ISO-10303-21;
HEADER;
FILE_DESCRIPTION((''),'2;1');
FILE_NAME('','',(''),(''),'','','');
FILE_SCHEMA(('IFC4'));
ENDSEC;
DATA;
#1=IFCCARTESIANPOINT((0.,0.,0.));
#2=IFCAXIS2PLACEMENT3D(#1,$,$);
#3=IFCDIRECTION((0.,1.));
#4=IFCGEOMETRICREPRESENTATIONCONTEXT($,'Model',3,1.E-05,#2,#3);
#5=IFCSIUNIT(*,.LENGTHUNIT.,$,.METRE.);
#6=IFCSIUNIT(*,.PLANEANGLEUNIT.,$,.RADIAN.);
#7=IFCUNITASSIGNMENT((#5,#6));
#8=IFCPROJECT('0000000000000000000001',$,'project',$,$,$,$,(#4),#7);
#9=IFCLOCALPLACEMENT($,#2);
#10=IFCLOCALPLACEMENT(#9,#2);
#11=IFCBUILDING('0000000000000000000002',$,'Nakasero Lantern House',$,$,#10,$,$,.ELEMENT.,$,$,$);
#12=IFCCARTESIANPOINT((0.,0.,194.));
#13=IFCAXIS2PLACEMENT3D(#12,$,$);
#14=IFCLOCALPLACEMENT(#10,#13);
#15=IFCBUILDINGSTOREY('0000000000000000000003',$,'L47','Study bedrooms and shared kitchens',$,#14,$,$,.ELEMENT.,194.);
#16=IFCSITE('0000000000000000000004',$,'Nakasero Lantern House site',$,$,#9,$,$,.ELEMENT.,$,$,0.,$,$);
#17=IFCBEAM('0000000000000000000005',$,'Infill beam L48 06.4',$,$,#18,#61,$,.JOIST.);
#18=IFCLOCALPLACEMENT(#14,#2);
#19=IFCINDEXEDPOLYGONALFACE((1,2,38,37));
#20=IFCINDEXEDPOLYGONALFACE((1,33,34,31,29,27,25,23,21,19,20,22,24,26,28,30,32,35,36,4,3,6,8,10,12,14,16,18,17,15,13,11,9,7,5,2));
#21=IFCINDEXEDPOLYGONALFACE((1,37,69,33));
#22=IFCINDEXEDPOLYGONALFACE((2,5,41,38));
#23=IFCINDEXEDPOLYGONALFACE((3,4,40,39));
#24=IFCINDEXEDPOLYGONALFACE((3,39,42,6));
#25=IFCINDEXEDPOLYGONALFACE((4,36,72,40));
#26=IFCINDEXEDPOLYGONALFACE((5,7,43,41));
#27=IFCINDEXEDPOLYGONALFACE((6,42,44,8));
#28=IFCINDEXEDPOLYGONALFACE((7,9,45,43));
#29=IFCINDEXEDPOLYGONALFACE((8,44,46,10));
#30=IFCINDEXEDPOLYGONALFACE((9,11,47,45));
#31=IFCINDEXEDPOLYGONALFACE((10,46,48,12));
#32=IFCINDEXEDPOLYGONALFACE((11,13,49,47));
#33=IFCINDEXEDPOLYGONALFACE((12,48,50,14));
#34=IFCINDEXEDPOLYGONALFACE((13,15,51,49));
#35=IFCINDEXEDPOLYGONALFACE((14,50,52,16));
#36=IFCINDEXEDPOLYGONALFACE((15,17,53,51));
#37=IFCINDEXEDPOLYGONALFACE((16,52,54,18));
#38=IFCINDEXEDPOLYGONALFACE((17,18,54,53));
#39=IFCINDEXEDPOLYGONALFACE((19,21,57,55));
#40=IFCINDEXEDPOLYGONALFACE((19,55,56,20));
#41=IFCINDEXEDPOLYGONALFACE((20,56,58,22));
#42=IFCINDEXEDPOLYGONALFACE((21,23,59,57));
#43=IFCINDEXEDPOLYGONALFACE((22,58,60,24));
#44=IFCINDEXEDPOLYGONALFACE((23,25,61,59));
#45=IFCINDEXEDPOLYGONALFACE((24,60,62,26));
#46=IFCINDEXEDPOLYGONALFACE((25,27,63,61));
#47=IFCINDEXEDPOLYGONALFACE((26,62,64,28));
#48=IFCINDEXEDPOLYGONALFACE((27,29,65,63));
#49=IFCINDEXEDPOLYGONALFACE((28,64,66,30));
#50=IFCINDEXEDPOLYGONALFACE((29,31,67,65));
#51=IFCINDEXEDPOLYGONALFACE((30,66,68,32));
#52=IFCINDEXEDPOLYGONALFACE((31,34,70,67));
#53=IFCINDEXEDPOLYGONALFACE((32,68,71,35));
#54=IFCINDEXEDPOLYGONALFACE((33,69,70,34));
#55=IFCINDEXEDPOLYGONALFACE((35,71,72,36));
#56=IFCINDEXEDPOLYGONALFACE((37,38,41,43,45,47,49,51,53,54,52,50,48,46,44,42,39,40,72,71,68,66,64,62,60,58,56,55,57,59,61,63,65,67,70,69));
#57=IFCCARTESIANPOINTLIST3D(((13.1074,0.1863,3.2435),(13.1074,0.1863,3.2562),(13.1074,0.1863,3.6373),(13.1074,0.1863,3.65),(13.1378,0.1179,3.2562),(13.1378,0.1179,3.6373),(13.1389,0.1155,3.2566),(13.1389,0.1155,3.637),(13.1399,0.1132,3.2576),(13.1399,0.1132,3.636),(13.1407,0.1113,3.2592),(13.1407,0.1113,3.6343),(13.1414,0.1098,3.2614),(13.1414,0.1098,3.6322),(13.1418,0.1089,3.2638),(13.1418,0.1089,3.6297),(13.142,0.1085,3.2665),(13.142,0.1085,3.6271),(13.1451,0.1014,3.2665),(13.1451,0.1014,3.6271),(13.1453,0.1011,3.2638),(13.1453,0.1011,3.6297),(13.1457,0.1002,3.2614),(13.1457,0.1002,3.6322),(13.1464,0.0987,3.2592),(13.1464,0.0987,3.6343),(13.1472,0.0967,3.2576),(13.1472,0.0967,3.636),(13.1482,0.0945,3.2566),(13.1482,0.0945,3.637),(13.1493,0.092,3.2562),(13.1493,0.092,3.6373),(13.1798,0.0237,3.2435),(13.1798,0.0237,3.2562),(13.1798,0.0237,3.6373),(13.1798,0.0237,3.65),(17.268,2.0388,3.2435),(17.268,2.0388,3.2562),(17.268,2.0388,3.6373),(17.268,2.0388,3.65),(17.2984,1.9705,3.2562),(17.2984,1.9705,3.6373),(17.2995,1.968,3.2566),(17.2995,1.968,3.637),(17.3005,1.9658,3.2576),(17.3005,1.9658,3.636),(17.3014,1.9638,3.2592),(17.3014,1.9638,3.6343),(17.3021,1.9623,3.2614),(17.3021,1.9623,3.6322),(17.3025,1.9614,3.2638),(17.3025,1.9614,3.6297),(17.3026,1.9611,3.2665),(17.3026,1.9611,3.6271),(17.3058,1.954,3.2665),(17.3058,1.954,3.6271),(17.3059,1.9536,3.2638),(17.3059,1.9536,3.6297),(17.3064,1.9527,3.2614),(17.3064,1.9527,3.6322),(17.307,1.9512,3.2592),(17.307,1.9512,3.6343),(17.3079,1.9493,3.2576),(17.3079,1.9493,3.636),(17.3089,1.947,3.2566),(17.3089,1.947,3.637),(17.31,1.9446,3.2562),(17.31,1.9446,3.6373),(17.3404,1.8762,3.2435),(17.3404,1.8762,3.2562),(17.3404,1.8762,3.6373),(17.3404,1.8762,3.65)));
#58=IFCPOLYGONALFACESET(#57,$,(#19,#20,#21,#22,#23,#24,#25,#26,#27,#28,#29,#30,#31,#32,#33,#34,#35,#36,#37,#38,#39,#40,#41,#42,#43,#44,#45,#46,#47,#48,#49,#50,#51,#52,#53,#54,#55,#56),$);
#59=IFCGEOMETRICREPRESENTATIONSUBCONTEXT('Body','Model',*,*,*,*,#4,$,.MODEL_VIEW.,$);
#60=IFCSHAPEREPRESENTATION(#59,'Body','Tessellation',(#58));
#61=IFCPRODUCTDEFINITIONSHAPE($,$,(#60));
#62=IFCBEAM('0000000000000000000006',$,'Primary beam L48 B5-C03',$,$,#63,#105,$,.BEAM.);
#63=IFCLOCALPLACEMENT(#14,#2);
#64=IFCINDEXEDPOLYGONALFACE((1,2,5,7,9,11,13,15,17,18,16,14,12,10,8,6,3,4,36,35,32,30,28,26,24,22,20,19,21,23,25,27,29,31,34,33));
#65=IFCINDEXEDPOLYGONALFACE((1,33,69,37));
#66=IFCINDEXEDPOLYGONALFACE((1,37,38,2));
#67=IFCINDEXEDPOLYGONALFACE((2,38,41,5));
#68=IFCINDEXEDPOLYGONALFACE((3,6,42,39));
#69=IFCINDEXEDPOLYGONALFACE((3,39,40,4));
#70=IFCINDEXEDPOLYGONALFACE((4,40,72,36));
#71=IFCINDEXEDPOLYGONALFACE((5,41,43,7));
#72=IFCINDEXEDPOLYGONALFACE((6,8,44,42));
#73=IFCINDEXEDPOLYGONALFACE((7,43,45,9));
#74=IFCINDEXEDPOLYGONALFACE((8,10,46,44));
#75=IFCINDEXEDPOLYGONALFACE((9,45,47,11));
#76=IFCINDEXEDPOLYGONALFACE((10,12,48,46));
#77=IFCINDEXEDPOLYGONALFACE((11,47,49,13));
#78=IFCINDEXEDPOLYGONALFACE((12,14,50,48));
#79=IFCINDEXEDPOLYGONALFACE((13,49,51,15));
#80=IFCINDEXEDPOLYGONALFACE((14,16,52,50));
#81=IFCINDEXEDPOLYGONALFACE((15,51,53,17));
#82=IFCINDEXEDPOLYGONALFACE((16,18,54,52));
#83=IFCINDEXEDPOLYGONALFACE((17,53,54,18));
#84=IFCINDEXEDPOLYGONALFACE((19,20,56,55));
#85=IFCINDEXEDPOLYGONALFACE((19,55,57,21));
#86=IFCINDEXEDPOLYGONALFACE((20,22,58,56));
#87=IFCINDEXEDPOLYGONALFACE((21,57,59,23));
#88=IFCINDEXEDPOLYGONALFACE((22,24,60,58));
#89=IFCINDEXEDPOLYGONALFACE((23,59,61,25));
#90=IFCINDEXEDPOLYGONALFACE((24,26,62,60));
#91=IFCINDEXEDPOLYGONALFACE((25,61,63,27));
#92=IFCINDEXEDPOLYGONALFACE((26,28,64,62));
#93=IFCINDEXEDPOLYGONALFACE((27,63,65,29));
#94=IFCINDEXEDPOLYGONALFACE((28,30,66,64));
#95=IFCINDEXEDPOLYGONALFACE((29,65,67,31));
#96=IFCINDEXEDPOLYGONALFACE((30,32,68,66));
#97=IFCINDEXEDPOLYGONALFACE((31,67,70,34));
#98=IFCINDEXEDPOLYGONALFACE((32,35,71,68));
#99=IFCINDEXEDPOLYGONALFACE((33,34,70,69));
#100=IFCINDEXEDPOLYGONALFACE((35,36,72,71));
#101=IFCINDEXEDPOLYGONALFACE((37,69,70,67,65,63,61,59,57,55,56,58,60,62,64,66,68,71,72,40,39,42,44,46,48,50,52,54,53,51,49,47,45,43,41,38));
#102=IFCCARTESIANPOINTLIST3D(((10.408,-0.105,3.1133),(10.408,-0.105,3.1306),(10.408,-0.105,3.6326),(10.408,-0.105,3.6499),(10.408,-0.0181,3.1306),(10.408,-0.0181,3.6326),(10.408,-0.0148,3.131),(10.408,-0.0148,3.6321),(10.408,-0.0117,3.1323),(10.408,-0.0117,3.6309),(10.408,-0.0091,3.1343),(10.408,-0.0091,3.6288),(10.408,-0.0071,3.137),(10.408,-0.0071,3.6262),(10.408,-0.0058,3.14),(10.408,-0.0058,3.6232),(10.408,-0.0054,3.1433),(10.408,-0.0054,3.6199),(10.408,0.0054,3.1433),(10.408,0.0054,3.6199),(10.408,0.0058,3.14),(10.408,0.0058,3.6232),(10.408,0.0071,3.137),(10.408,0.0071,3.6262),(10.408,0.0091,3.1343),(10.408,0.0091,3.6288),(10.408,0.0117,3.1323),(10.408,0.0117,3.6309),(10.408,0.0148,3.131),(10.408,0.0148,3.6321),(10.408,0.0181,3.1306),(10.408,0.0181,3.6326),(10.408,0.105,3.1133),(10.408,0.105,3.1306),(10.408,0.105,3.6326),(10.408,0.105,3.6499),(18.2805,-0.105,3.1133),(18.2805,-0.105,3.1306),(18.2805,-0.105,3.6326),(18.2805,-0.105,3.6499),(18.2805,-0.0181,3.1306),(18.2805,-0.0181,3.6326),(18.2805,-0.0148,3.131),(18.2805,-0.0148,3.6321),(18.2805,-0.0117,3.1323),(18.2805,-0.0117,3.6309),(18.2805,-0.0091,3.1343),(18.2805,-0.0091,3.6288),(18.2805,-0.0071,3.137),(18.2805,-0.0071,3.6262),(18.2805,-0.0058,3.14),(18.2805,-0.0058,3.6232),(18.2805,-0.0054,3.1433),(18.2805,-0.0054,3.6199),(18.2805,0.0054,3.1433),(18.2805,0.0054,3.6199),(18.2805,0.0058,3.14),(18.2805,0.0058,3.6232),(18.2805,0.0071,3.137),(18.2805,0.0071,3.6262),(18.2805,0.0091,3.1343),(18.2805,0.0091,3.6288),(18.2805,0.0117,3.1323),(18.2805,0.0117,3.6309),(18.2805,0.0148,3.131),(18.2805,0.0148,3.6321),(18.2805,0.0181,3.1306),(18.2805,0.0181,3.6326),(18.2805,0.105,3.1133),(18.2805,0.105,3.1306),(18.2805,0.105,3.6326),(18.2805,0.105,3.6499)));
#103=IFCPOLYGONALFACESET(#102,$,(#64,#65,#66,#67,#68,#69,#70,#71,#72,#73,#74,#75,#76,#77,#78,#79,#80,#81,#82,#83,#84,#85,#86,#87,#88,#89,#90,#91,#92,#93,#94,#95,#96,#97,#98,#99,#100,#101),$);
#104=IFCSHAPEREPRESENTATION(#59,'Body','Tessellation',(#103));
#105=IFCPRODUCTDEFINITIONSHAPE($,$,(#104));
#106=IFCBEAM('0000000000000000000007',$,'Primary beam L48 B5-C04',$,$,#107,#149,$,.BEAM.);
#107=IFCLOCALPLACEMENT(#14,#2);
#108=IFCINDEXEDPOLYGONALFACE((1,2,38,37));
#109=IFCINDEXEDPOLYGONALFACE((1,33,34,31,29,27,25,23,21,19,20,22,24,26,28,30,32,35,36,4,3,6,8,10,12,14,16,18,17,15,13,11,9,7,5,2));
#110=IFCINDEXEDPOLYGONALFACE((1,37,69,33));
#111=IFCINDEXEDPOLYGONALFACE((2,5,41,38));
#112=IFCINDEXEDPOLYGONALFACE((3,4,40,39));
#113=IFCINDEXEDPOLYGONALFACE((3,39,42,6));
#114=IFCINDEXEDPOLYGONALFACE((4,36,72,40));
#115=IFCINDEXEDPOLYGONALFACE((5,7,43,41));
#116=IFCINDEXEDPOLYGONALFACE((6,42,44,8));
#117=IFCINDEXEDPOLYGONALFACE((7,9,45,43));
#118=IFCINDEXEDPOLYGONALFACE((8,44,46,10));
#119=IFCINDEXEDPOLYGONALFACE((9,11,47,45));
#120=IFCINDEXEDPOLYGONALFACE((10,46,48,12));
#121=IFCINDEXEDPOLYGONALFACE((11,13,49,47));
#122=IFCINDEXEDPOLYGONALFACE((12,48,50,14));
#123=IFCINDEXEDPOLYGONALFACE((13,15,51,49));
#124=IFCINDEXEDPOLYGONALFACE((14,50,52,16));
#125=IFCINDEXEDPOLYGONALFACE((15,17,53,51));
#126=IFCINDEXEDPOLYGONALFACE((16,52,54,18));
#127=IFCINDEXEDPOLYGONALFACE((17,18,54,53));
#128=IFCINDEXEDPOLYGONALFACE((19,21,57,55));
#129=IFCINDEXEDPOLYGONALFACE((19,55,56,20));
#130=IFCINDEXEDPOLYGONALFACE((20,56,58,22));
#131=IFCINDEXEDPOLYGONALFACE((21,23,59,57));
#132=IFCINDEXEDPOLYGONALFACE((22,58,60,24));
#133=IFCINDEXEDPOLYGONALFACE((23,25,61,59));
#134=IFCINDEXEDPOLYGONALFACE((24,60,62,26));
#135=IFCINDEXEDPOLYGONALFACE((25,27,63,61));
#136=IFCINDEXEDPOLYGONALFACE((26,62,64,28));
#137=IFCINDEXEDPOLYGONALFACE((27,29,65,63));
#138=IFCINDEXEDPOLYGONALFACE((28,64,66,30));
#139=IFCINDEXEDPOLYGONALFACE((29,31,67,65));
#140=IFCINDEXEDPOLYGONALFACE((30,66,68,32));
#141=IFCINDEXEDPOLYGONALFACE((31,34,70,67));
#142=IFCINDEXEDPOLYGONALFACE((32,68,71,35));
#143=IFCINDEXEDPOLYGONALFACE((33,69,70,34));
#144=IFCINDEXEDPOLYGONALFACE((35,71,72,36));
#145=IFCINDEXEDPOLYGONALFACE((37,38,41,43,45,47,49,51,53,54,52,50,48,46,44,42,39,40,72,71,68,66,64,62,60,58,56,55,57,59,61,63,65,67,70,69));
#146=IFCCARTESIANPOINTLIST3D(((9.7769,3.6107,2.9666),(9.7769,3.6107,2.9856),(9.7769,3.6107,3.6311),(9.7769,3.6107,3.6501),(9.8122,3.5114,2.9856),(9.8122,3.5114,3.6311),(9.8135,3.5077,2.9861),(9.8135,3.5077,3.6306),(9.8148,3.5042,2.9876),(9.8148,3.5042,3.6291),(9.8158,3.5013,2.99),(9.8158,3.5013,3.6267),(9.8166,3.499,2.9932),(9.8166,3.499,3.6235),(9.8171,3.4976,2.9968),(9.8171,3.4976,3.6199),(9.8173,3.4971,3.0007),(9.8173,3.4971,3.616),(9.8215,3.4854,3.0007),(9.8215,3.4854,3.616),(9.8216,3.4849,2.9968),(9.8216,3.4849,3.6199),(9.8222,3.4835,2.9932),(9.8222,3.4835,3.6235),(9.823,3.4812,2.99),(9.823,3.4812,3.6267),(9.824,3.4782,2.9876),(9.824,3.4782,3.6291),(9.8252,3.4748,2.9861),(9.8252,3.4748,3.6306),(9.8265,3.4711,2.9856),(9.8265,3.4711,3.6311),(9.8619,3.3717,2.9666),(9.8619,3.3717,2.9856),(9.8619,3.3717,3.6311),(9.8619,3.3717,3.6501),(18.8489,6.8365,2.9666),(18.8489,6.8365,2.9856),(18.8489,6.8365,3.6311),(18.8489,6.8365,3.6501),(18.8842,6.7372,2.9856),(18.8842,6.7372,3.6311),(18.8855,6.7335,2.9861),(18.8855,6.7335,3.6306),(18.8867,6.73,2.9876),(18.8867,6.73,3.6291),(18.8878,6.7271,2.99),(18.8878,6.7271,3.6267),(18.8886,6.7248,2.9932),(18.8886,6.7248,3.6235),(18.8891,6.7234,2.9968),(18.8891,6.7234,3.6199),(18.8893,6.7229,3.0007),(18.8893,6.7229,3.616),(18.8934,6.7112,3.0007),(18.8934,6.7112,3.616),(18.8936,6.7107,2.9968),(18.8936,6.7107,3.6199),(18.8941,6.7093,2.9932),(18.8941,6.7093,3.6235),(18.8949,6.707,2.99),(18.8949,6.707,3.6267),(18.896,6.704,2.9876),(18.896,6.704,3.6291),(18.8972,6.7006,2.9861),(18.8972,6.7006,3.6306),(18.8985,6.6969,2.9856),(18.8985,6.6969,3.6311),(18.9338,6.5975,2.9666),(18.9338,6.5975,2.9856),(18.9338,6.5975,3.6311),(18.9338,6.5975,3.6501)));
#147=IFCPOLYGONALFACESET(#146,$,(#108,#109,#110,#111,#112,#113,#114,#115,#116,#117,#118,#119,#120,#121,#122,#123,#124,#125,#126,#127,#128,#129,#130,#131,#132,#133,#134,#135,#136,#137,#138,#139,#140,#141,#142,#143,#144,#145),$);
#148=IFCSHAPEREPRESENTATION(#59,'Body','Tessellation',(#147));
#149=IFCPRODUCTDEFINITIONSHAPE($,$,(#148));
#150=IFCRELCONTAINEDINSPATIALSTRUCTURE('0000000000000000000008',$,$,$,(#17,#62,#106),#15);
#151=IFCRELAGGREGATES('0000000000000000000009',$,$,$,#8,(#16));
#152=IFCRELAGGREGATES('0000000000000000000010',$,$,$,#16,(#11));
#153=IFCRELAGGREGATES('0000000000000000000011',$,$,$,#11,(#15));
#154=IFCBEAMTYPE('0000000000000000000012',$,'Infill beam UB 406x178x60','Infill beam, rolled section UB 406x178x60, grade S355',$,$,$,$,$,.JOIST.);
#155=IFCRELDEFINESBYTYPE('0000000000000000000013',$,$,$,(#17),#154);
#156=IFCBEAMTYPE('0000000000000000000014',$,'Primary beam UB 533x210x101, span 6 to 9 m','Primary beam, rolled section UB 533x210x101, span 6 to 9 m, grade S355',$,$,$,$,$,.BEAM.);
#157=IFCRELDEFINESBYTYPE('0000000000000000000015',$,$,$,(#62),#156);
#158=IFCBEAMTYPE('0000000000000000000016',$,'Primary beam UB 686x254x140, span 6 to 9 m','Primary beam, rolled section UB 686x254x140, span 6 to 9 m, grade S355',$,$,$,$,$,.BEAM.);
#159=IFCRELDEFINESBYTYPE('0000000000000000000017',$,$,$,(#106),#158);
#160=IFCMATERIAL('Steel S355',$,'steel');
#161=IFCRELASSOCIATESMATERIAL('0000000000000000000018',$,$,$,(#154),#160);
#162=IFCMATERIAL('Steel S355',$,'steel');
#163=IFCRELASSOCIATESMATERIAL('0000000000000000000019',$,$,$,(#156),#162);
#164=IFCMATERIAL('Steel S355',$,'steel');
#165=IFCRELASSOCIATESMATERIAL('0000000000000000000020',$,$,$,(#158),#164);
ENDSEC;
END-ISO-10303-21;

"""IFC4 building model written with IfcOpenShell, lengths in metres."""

from ifc_helpers import new_model, si_unit, direction, frame, origin, origin_2d, place, context, subcontext, project, spatial, i_section, extrude, material, material_profile, profile_set, type_object, element, save


model = new_model("IFC4")

# Units and contexts
model_context = context("Model", 3, precision=1e-05, world=origin(), true_north=direction((0.0, 1.0)))
body_context = subcontext(model_context, "Body", "Model", "MODEL_VIEW")
ifc_project = project(units=[si_unit("LENGTHUNIT", "METRE"), si_unit("PLANEANGLEUNIT", "RADIAN")], contexts=[model_context])

# Site, building, storey
site_placement = place(None, origin())
site = spatial("IfcSite", under=ifc_project, at=site_placement, Name="Nakasero Lantern House site", CompositionType="ELEMENT", RefElevation=0.0)
building_placement = place(site_placement, origin())
building = spatial("IfcBuilding", under=site, at=building_placement, Name="Nakasero Lantern House", CompositionType="ELEMENT")
storey_placement = place(building_placement, frame((0.0, 0.0, 194.0)))
storey = spatial("IfcBuildingStorey", under=building, at=storey_placement, Name="L47", Description="Study bedrooms and shared kitchens", CompositionType="ELEMENT", Elevation=194.0)

# Beams
ifc_material_1 = material(Name="Steel S355", Category="steel")
ifc_material_profile_1 = material_profile(ifc_material_1, i_section(OverallWidth=0.178, OverallDepth=0.4065, WebThickness=0.0078, FlangeThickness=0.0127, FilletRadius=0.0103, at=origin_2d()), Name="UB 406x178x60")
ifc_profile_set_1 = profile_set([ifc_material_profile_1], Name="Steel S355")
beam_type_1 = type_object("IfcBeamType", Name="Infill beam UB 406x178x60", Description="Infill beam, rolled section UB 406x178x60, grade S355", PredefinedType="JOIST", material=ifc_profile_set_1)
beam_1_placement = place(storey_placement, frame((13.1436, 0.105, 3.4468), z_axis=(0.913537, 0.406755, 0.0), x_axis=(-0.406755, 0.913537, 0.0)))
element("IfcBeam", 1, at=beam_1_placement, inside=storey, type_object=beam_type_1, Name="Infill beam L48 06.4", PredefinedType="JOIST", context=body_context, shape_type="SweptSolid", body=[
    extrude(i_section(OverallWidth=0.178, OverallDepth=0.4065, WebThickness=0.0078, FlangeThickness=0.0127, FilletRadius=0.0103, at=origin_2d()), origin(), (0.0, 0.0, 1.0), 4.5544),
])
ifc_material_2 = material(Name="Steel S355", Category="steel")
ifc_material_profile_2 = material_profile(ifc_material_2, i_section(OverallWidth=0.21, OverallDepth=0.5366, WebThickness=0.0107, FlangeThickness=0.0173, FilletRadius=0.0127, at=origin_2d()), Name="UB 533x210x101")
ifc_profile_set_2 = profile_set([ifc_material_profile_2], Name="Steel S355")
beam_type_2 = type_object("IfcBeamType", Name="Primary beam UB 533x210x101, span 6 to 9 m", Description="Primary beam, rolled section UB 533x210x101, span 6 to 9 m, grade S355", PredefinedType="BEAM", material=ifc_profile_set_2)
beam_2_placement = place(storey_placement, frame((18.2805, 0.0, 3.3816), z_axis=(-1.0, 0.0, 0.0), x_axis=(0.0, -1.0, 0.0)))
element("IfcBeam", 2, at=beam_2_placement, inside=storey, type_object=beam_type_2, Name="Primary beam L48 B5-C03", PredefinedType="BEAM", context=body_context, shape_type="SweptSolid", body=[
    extrude(i_section(OverallWidth=0.21, OverallDepth=0.5366, WebThickness=0.0107, FlangeThickness=0.0173, FilletRadius=0.0127, at=origin_2d()), origin(), (0.0, 0.0, 1.0), 7.8726),
])
ifc_material_3 = material(Name="Steel S355", Category="steel")
ifc_material_profile_3 = material_profile(ifc_material_3, i_section(OverallWidth=0.2537, OverallDepth=0.6836, WebThickness=0.0125, FlangeThickness=0.019, FilletRadius=0.0151, at=origin_2d()), Name="UB 686x254x140")
ifc_profile_set_3 = profile_set([ifc_material_profile_3], Name="Steel S355")
beam_type_3 = type_object("IfcBeamType", Name="Primary beam UB 686x254x140, span 6 to 9 m", Description="Primary beam, rolled section UB 686x254x140, span 6 to 9 m, grade S355", PredefinedType="BEAM", material=ifc_profile_set_3)
beam_3_placement = place(storey_placement, frame((18.8914, 6.717, 3.3083), z_axis=(-0.942207, -0.33503, 0.0), x_axis=(0.33503, -0.942207, 0.0)))
element("IfcBeam", 3, at=beam_3_placement, inside=storey, type_object=beam_type_3, Name="Primary beam L48 B5-C04", PredefinedType="BEAM", context=body_context, shape_type="SweptSolid", body=[
    extrude(i_section(OverallWidth=0.2537, OverallDepth=0.6836, WebThickness=0.0125, FlangeThickness=0.019, FilletRadius=0.0151, at=origin_2d()), origin(), (0.0, 0.0, 1.0), 9.6284),
])

save(model, "model.ifc")
